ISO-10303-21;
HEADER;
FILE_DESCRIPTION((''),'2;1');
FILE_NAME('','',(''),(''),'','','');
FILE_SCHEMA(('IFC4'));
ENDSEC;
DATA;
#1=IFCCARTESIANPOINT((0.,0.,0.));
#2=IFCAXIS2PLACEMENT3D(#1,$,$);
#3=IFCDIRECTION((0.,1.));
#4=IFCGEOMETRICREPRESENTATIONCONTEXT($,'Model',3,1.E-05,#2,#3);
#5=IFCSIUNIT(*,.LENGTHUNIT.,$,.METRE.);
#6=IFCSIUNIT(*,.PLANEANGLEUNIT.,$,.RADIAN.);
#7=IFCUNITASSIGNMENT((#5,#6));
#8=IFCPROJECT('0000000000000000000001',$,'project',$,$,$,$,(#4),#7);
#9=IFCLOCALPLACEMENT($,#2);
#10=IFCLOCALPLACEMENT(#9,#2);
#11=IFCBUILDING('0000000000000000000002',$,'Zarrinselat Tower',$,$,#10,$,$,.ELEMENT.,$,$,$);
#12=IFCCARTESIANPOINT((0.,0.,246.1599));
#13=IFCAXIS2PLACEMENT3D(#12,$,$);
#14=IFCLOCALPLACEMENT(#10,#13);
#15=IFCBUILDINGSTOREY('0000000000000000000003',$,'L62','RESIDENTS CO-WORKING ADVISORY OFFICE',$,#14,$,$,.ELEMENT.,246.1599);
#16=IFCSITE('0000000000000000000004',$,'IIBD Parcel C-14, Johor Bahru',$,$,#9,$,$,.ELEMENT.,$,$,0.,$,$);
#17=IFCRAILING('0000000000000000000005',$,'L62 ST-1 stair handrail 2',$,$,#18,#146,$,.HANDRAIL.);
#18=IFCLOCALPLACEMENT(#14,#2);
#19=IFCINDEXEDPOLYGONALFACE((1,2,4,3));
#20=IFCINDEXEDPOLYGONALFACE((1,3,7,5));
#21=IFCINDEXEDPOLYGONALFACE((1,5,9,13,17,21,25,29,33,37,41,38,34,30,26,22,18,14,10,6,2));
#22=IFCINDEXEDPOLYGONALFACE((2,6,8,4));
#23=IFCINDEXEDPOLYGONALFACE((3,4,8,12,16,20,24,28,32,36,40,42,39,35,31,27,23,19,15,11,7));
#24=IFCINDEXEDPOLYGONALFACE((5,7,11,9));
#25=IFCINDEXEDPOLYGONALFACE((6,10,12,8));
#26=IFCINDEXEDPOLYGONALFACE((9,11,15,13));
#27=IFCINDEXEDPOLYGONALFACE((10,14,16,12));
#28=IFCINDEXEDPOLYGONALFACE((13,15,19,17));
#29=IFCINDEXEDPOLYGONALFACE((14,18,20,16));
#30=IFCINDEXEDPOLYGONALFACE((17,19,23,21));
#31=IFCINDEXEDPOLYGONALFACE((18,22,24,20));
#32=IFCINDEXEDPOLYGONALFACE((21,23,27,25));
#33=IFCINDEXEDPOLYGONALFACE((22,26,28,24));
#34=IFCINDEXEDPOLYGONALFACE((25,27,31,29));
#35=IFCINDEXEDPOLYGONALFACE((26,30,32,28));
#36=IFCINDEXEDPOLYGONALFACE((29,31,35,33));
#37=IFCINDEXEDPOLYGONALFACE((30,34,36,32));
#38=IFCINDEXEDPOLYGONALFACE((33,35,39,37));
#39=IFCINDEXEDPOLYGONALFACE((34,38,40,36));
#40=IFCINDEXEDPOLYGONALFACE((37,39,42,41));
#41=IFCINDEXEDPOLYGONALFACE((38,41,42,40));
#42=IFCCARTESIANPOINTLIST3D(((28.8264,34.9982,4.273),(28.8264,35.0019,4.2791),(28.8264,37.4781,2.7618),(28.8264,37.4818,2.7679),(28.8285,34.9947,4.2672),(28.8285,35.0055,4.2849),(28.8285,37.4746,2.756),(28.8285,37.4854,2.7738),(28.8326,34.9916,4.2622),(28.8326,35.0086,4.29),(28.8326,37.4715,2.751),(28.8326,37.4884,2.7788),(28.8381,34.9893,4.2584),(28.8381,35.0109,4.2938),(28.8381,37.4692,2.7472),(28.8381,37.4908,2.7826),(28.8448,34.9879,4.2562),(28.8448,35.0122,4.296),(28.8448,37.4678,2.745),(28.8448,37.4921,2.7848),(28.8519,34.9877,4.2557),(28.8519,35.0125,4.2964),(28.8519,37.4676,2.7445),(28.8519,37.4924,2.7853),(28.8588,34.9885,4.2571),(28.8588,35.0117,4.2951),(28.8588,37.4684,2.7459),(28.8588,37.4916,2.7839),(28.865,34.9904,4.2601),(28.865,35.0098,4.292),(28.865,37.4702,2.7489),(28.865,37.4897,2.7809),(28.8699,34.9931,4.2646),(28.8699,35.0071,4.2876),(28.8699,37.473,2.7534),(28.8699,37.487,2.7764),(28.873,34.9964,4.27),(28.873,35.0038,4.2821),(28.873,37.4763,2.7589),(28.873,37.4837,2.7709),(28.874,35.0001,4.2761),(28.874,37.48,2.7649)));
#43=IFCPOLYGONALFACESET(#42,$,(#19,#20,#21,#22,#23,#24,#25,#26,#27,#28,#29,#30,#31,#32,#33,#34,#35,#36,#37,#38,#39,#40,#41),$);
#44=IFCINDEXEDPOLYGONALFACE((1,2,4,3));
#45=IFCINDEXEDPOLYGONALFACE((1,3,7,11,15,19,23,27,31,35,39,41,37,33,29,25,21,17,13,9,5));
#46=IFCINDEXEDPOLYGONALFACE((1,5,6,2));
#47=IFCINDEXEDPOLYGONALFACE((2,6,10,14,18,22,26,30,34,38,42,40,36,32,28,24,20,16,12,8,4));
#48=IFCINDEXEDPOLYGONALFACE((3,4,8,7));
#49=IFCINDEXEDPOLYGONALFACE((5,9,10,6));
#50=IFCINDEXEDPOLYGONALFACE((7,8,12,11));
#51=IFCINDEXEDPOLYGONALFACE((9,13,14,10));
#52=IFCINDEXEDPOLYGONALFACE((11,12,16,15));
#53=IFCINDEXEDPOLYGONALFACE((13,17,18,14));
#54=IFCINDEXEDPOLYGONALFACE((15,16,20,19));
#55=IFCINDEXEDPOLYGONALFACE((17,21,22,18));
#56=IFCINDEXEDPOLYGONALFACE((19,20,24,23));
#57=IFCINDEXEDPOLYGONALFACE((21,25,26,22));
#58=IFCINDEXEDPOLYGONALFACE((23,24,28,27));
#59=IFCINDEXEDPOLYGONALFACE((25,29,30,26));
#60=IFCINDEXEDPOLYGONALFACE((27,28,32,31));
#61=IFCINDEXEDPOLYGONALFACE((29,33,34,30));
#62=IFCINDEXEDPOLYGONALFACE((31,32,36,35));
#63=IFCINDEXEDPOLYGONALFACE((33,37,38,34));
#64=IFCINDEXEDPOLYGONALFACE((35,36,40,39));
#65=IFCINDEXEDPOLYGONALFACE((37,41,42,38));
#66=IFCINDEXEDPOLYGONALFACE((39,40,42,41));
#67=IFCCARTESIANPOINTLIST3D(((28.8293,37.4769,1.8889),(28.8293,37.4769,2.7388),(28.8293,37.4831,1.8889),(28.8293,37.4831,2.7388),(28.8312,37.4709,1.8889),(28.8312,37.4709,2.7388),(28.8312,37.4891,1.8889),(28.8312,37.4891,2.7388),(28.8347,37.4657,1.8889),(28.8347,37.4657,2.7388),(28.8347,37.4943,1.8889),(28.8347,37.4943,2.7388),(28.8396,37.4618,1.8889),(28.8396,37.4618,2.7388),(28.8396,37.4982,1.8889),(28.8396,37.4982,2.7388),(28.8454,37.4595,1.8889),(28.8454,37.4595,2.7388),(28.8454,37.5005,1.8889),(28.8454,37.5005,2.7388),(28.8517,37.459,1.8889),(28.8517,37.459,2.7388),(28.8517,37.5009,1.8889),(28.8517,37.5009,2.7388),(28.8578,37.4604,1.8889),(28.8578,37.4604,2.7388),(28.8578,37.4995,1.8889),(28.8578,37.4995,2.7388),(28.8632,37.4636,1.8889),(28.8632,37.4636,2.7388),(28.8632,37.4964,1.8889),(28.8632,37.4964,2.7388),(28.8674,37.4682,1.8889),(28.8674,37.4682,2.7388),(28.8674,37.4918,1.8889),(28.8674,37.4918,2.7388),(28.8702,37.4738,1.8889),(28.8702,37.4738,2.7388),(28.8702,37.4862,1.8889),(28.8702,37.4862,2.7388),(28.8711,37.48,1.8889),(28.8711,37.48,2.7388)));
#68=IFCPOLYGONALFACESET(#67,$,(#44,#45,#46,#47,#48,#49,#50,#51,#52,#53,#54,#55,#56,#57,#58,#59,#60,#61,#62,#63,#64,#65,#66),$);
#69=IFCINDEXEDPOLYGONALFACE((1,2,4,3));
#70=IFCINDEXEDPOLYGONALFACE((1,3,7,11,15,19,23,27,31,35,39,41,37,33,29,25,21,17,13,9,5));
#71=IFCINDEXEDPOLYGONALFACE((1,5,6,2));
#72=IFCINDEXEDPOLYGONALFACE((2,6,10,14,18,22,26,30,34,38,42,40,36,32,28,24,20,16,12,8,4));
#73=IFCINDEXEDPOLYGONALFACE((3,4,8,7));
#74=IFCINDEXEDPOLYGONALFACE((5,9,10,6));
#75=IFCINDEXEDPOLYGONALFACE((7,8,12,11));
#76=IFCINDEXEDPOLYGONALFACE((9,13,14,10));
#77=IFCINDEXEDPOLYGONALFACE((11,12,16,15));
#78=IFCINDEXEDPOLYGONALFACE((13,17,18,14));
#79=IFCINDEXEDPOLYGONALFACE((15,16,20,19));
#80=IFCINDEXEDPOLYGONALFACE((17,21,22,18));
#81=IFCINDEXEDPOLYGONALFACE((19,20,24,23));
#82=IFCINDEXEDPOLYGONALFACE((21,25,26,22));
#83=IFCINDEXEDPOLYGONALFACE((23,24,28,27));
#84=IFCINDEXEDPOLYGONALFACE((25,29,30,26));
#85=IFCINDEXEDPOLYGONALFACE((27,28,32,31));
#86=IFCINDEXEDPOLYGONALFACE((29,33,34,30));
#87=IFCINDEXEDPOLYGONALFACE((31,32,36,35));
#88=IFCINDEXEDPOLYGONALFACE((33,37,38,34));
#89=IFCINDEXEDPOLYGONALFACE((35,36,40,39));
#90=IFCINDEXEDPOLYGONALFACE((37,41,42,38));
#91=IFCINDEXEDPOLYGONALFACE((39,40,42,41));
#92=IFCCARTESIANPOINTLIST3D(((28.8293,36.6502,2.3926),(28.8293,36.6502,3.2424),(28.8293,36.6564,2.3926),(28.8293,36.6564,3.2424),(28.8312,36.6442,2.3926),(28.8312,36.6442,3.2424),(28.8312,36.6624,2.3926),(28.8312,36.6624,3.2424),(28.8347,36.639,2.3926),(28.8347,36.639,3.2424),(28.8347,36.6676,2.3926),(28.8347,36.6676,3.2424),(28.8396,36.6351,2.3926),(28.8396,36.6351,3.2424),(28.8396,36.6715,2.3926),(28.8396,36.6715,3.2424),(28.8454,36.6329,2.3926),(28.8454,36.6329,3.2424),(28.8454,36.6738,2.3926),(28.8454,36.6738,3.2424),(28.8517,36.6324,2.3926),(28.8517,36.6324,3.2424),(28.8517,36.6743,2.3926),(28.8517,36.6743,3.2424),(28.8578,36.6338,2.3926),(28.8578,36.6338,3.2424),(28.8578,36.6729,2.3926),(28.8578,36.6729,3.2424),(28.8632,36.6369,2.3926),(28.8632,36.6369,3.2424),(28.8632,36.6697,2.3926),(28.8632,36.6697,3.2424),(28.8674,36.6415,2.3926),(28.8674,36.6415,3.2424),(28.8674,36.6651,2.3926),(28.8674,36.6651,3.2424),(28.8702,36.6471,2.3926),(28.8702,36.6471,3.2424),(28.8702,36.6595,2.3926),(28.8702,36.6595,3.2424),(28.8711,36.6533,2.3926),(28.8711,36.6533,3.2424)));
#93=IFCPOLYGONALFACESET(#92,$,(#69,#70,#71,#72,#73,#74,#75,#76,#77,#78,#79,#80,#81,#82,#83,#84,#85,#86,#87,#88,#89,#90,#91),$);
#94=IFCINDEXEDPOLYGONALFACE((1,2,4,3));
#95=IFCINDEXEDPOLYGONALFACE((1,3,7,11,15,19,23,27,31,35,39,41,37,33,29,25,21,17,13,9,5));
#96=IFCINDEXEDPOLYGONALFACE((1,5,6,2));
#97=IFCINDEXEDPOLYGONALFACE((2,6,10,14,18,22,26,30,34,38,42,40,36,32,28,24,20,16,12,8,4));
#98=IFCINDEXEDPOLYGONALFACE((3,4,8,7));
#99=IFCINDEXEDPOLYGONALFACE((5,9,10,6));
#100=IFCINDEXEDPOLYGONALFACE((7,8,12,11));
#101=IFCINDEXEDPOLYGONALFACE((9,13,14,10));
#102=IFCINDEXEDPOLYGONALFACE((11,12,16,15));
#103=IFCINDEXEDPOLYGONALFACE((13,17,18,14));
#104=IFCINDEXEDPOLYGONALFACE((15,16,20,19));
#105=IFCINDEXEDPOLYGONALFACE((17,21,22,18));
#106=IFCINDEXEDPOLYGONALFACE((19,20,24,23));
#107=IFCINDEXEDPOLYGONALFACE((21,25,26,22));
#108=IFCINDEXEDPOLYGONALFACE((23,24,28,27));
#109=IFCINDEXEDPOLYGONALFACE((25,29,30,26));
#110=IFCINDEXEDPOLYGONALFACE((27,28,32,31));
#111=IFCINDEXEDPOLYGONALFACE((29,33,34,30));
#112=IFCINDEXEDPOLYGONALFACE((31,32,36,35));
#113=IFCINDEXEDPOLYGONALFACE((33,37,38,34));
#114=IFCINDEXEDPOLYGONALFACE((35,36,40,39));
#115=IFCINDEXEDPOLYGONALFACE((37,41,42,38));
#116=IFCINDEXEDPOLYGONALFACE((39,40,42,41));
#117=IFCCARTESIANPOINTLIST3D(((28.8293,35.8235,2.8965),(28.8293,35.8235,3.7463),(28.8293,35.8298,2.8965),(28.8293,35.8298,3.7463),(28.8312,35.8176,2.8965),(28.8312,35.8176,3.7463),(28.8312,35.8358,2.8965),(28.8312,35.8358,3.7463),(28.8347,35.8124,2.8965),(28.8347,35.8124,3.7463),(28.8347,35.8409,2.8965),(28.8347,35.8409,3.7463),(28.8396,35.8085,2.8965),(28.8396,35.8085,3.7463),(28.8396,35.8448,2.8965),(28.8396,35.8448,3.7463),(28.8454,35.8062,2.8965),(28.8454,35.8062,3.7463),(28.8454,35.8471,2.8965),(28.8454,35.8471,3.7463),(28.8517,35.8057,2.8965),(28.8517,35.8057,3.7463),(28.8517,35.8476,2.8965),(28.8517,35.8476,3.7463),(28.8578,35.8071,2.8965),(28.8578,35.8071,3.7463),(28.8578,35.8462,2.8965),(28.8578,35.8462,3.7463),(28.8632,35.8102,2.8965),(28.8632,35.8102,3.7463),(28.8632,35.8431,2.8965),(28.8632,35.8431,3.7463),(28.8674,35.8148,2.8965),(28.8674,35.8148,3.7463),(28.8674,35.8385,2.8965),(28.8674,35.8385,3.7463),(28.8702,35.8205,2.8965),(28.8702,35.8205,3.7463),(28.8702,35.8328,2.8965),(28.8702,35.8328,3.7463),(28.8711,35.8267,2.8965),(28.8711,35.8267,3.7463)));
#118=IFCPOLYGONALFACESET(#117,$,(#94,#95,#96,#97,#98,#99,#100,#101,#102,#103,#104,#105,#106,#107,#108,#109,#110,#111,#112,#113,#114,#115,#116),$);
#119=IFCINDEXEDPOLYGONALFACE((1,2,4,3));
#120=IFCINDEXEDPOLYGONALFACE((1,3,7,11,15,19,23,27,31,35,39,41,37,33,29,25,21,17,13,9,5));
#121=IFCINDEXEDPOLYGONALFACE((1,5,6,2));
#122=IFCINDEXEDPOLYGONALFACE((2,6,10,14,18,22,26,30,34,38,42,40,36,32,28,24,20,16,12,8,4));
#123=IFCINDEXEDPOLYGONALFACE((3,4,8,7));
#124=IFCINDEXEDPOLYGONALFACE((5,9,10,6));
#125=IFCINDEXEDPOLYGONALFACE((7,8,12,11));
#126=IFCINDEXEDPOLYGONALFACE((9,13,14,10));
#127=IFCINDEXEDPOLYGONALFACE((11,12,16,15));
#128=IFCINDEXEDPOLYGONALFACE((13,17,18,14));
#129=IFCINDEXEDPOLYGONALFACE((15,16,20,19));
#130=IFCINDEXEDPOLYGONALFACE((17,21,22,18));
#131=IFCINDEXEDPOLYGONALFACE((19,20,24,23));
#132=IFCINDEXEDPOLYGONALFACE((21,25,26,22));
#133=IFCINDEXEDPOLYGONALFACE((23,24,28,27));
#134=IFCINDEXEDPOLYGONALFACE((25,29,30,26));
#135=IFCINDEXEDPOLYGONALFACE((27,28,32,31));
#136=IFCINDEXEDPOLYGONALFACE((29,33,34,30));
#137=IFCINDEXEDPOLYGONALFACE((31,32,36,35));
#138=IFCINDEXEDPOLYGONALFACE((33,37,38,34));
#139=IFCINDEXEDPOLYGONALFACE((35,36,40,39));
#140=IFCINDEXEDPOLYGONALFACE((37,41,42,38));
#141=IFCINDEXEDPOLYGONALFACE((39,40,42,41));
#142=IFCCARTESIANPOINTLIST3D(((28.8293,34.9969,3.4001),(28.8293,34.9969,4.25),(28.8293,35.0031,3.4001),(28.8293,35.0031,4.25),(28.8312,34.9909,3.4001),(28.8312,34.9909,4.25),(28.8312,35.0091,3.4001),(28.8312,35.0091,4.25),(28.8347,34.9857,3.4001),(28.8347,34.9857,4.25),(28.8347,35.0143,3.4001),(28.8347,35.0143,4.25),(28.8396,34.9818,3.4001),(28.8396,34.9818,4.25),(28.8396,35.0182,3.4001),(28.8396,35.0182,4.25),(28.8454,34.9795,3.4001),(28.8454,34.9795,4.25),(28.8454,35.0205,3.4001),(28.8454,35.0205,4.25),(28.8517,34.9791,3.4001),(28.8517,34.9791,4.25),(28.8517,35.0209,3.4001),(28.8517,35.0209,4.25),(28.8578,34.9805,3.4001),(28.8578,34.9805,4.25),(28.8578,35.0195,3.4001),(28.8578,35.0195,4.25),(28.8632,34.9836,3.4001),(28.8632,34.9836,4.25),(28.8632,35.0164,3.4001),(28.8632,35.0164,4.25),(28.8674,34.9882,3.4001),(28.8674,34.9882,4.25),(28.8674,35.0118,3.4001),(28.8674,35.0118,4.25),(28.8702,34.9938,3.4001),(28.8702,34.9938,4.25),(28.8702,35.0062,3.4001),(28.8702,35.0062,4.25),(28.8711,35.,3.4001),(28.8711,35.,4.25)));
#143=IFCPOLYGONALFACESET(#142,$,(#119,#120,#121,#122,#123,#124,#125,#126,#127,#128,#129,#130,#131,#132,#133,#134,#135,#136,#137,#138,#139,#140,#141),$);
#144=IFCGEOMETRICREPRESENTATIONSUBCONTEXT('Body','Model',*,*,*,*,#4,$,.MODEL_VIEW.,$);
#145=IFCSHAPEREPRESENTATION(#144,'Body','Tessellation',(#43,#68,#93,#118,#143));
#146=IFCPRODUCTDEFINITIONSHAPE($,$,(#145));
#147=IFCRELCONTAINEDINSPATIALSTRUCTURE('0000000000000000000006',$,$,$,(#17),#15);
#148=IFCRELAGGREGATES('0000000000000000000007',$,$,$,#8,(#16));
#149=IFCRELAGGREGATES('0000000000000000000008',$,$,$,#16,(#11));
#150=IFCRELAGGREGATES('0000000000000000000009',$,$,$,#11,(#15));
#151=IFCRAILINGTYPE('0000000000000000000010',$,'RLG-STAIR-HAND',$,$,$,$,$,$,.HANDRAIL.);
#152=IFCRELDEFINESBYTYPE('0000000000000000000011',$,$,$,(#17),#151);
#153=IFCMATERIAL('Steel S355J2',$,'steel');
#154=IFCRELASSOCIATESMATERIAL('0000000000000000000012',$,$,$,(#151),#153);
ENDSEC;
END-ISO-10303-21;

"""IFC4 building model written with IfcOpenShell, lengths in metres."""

from ifc_helpers import new_model, si_unit, direction, frame, origin, origin_2d, place, context, subcontext, project, spatial, circle, extrude, material, type_object, element, save


model = new_model("IFC4")

# Units and contexts
model_context = context("Model", 3, precision=1e-05, world=origin(), true_north=direction((0.0, 1.0)))
body_context = subcontext(model_context, "Body", "Model", "MODEL_VIEW")
ifc_project = project(units=[si_unit("LENGTHUNIT", "METRE"), si_unit("PLANEANGLEUNIT", "RADIAN")], contexts=[model_context])

# Site, building, storey
site_placement = place(None, origin())
site = spatial("IfcSite", under=ifc_project, at=site_placement, Name="IIBD Parcel C-14, Johor Bahru", CompositionType="ELEMENT", RefElevation=0.0)
building_placement = place(site_placement, origin())
building = spatial("IfcBuilding", under=site, at=building_placement, Name="Zarrinselat Tower", CompositionType="ELEMENT")
storey_placement = place(building_placement, frame((0.0, 0.0, 246.1599)))
storey = spatial("IfcBuildingStorey", under=building, at=storey_placement, Name="L62", Description="RESIDENTS CO-WORKING ADVISORY OFFICE", CompositionType="ELEMENT", Elevation=246.1599)

# Railing
ifc_material_1 = material(Name="Steel S355J2", Category="steel")
railing_type_1 = type_object("IfcRailingType", Name="RLG-STAIR-HAND", PredefinedType="HANDRAIL", material=ifc_material_1)
railing_1_placement = place(storey_placement, frame((28.8501, 37.48, 1.8889)))
element("IfcRailing", 1, at=railing_1_placement, inside=storey, type_object=railing_type_1, Name="L62 ST-1 stair handrail 2", PredefinedType="HANDRAIL", context=body_context, shape_type="SweptSolid", body=[
    extrude(circle(Radius=0.0239, at=origin_2d()), frame((0.0, 0.0, 0.876), z_axis=(0.0, -0.853942, 0.520368), x_axis=(1.0, 0.0, 0.0)), (0.0, 0.0, 1.0), 2.9041),
    extrude(circle(Radius=0.021, at=origin_2d()), origin(), (0.0, 0.0, 1.0), 0.8499),
    extrude(circle(Radius=0.021, at=origin_2d()), frame((0.0, -0.8267, 0.5037)), (0.0, 0.0, 1.0), 0.8499),
    extrude(circle(Radius=0.021, at=origin_2d()), frame((0.0, -1.6533, 1.0076)), (0.0, 0.0, 1.0), 0.8499),
    extrude(circle(Radius=0.021, at=origin_2d()), frame((0.0, -2.48, 1.5112)), (0.0, 0.0, 1.0), 0.8499),
])

save(model, "model.ifc")
